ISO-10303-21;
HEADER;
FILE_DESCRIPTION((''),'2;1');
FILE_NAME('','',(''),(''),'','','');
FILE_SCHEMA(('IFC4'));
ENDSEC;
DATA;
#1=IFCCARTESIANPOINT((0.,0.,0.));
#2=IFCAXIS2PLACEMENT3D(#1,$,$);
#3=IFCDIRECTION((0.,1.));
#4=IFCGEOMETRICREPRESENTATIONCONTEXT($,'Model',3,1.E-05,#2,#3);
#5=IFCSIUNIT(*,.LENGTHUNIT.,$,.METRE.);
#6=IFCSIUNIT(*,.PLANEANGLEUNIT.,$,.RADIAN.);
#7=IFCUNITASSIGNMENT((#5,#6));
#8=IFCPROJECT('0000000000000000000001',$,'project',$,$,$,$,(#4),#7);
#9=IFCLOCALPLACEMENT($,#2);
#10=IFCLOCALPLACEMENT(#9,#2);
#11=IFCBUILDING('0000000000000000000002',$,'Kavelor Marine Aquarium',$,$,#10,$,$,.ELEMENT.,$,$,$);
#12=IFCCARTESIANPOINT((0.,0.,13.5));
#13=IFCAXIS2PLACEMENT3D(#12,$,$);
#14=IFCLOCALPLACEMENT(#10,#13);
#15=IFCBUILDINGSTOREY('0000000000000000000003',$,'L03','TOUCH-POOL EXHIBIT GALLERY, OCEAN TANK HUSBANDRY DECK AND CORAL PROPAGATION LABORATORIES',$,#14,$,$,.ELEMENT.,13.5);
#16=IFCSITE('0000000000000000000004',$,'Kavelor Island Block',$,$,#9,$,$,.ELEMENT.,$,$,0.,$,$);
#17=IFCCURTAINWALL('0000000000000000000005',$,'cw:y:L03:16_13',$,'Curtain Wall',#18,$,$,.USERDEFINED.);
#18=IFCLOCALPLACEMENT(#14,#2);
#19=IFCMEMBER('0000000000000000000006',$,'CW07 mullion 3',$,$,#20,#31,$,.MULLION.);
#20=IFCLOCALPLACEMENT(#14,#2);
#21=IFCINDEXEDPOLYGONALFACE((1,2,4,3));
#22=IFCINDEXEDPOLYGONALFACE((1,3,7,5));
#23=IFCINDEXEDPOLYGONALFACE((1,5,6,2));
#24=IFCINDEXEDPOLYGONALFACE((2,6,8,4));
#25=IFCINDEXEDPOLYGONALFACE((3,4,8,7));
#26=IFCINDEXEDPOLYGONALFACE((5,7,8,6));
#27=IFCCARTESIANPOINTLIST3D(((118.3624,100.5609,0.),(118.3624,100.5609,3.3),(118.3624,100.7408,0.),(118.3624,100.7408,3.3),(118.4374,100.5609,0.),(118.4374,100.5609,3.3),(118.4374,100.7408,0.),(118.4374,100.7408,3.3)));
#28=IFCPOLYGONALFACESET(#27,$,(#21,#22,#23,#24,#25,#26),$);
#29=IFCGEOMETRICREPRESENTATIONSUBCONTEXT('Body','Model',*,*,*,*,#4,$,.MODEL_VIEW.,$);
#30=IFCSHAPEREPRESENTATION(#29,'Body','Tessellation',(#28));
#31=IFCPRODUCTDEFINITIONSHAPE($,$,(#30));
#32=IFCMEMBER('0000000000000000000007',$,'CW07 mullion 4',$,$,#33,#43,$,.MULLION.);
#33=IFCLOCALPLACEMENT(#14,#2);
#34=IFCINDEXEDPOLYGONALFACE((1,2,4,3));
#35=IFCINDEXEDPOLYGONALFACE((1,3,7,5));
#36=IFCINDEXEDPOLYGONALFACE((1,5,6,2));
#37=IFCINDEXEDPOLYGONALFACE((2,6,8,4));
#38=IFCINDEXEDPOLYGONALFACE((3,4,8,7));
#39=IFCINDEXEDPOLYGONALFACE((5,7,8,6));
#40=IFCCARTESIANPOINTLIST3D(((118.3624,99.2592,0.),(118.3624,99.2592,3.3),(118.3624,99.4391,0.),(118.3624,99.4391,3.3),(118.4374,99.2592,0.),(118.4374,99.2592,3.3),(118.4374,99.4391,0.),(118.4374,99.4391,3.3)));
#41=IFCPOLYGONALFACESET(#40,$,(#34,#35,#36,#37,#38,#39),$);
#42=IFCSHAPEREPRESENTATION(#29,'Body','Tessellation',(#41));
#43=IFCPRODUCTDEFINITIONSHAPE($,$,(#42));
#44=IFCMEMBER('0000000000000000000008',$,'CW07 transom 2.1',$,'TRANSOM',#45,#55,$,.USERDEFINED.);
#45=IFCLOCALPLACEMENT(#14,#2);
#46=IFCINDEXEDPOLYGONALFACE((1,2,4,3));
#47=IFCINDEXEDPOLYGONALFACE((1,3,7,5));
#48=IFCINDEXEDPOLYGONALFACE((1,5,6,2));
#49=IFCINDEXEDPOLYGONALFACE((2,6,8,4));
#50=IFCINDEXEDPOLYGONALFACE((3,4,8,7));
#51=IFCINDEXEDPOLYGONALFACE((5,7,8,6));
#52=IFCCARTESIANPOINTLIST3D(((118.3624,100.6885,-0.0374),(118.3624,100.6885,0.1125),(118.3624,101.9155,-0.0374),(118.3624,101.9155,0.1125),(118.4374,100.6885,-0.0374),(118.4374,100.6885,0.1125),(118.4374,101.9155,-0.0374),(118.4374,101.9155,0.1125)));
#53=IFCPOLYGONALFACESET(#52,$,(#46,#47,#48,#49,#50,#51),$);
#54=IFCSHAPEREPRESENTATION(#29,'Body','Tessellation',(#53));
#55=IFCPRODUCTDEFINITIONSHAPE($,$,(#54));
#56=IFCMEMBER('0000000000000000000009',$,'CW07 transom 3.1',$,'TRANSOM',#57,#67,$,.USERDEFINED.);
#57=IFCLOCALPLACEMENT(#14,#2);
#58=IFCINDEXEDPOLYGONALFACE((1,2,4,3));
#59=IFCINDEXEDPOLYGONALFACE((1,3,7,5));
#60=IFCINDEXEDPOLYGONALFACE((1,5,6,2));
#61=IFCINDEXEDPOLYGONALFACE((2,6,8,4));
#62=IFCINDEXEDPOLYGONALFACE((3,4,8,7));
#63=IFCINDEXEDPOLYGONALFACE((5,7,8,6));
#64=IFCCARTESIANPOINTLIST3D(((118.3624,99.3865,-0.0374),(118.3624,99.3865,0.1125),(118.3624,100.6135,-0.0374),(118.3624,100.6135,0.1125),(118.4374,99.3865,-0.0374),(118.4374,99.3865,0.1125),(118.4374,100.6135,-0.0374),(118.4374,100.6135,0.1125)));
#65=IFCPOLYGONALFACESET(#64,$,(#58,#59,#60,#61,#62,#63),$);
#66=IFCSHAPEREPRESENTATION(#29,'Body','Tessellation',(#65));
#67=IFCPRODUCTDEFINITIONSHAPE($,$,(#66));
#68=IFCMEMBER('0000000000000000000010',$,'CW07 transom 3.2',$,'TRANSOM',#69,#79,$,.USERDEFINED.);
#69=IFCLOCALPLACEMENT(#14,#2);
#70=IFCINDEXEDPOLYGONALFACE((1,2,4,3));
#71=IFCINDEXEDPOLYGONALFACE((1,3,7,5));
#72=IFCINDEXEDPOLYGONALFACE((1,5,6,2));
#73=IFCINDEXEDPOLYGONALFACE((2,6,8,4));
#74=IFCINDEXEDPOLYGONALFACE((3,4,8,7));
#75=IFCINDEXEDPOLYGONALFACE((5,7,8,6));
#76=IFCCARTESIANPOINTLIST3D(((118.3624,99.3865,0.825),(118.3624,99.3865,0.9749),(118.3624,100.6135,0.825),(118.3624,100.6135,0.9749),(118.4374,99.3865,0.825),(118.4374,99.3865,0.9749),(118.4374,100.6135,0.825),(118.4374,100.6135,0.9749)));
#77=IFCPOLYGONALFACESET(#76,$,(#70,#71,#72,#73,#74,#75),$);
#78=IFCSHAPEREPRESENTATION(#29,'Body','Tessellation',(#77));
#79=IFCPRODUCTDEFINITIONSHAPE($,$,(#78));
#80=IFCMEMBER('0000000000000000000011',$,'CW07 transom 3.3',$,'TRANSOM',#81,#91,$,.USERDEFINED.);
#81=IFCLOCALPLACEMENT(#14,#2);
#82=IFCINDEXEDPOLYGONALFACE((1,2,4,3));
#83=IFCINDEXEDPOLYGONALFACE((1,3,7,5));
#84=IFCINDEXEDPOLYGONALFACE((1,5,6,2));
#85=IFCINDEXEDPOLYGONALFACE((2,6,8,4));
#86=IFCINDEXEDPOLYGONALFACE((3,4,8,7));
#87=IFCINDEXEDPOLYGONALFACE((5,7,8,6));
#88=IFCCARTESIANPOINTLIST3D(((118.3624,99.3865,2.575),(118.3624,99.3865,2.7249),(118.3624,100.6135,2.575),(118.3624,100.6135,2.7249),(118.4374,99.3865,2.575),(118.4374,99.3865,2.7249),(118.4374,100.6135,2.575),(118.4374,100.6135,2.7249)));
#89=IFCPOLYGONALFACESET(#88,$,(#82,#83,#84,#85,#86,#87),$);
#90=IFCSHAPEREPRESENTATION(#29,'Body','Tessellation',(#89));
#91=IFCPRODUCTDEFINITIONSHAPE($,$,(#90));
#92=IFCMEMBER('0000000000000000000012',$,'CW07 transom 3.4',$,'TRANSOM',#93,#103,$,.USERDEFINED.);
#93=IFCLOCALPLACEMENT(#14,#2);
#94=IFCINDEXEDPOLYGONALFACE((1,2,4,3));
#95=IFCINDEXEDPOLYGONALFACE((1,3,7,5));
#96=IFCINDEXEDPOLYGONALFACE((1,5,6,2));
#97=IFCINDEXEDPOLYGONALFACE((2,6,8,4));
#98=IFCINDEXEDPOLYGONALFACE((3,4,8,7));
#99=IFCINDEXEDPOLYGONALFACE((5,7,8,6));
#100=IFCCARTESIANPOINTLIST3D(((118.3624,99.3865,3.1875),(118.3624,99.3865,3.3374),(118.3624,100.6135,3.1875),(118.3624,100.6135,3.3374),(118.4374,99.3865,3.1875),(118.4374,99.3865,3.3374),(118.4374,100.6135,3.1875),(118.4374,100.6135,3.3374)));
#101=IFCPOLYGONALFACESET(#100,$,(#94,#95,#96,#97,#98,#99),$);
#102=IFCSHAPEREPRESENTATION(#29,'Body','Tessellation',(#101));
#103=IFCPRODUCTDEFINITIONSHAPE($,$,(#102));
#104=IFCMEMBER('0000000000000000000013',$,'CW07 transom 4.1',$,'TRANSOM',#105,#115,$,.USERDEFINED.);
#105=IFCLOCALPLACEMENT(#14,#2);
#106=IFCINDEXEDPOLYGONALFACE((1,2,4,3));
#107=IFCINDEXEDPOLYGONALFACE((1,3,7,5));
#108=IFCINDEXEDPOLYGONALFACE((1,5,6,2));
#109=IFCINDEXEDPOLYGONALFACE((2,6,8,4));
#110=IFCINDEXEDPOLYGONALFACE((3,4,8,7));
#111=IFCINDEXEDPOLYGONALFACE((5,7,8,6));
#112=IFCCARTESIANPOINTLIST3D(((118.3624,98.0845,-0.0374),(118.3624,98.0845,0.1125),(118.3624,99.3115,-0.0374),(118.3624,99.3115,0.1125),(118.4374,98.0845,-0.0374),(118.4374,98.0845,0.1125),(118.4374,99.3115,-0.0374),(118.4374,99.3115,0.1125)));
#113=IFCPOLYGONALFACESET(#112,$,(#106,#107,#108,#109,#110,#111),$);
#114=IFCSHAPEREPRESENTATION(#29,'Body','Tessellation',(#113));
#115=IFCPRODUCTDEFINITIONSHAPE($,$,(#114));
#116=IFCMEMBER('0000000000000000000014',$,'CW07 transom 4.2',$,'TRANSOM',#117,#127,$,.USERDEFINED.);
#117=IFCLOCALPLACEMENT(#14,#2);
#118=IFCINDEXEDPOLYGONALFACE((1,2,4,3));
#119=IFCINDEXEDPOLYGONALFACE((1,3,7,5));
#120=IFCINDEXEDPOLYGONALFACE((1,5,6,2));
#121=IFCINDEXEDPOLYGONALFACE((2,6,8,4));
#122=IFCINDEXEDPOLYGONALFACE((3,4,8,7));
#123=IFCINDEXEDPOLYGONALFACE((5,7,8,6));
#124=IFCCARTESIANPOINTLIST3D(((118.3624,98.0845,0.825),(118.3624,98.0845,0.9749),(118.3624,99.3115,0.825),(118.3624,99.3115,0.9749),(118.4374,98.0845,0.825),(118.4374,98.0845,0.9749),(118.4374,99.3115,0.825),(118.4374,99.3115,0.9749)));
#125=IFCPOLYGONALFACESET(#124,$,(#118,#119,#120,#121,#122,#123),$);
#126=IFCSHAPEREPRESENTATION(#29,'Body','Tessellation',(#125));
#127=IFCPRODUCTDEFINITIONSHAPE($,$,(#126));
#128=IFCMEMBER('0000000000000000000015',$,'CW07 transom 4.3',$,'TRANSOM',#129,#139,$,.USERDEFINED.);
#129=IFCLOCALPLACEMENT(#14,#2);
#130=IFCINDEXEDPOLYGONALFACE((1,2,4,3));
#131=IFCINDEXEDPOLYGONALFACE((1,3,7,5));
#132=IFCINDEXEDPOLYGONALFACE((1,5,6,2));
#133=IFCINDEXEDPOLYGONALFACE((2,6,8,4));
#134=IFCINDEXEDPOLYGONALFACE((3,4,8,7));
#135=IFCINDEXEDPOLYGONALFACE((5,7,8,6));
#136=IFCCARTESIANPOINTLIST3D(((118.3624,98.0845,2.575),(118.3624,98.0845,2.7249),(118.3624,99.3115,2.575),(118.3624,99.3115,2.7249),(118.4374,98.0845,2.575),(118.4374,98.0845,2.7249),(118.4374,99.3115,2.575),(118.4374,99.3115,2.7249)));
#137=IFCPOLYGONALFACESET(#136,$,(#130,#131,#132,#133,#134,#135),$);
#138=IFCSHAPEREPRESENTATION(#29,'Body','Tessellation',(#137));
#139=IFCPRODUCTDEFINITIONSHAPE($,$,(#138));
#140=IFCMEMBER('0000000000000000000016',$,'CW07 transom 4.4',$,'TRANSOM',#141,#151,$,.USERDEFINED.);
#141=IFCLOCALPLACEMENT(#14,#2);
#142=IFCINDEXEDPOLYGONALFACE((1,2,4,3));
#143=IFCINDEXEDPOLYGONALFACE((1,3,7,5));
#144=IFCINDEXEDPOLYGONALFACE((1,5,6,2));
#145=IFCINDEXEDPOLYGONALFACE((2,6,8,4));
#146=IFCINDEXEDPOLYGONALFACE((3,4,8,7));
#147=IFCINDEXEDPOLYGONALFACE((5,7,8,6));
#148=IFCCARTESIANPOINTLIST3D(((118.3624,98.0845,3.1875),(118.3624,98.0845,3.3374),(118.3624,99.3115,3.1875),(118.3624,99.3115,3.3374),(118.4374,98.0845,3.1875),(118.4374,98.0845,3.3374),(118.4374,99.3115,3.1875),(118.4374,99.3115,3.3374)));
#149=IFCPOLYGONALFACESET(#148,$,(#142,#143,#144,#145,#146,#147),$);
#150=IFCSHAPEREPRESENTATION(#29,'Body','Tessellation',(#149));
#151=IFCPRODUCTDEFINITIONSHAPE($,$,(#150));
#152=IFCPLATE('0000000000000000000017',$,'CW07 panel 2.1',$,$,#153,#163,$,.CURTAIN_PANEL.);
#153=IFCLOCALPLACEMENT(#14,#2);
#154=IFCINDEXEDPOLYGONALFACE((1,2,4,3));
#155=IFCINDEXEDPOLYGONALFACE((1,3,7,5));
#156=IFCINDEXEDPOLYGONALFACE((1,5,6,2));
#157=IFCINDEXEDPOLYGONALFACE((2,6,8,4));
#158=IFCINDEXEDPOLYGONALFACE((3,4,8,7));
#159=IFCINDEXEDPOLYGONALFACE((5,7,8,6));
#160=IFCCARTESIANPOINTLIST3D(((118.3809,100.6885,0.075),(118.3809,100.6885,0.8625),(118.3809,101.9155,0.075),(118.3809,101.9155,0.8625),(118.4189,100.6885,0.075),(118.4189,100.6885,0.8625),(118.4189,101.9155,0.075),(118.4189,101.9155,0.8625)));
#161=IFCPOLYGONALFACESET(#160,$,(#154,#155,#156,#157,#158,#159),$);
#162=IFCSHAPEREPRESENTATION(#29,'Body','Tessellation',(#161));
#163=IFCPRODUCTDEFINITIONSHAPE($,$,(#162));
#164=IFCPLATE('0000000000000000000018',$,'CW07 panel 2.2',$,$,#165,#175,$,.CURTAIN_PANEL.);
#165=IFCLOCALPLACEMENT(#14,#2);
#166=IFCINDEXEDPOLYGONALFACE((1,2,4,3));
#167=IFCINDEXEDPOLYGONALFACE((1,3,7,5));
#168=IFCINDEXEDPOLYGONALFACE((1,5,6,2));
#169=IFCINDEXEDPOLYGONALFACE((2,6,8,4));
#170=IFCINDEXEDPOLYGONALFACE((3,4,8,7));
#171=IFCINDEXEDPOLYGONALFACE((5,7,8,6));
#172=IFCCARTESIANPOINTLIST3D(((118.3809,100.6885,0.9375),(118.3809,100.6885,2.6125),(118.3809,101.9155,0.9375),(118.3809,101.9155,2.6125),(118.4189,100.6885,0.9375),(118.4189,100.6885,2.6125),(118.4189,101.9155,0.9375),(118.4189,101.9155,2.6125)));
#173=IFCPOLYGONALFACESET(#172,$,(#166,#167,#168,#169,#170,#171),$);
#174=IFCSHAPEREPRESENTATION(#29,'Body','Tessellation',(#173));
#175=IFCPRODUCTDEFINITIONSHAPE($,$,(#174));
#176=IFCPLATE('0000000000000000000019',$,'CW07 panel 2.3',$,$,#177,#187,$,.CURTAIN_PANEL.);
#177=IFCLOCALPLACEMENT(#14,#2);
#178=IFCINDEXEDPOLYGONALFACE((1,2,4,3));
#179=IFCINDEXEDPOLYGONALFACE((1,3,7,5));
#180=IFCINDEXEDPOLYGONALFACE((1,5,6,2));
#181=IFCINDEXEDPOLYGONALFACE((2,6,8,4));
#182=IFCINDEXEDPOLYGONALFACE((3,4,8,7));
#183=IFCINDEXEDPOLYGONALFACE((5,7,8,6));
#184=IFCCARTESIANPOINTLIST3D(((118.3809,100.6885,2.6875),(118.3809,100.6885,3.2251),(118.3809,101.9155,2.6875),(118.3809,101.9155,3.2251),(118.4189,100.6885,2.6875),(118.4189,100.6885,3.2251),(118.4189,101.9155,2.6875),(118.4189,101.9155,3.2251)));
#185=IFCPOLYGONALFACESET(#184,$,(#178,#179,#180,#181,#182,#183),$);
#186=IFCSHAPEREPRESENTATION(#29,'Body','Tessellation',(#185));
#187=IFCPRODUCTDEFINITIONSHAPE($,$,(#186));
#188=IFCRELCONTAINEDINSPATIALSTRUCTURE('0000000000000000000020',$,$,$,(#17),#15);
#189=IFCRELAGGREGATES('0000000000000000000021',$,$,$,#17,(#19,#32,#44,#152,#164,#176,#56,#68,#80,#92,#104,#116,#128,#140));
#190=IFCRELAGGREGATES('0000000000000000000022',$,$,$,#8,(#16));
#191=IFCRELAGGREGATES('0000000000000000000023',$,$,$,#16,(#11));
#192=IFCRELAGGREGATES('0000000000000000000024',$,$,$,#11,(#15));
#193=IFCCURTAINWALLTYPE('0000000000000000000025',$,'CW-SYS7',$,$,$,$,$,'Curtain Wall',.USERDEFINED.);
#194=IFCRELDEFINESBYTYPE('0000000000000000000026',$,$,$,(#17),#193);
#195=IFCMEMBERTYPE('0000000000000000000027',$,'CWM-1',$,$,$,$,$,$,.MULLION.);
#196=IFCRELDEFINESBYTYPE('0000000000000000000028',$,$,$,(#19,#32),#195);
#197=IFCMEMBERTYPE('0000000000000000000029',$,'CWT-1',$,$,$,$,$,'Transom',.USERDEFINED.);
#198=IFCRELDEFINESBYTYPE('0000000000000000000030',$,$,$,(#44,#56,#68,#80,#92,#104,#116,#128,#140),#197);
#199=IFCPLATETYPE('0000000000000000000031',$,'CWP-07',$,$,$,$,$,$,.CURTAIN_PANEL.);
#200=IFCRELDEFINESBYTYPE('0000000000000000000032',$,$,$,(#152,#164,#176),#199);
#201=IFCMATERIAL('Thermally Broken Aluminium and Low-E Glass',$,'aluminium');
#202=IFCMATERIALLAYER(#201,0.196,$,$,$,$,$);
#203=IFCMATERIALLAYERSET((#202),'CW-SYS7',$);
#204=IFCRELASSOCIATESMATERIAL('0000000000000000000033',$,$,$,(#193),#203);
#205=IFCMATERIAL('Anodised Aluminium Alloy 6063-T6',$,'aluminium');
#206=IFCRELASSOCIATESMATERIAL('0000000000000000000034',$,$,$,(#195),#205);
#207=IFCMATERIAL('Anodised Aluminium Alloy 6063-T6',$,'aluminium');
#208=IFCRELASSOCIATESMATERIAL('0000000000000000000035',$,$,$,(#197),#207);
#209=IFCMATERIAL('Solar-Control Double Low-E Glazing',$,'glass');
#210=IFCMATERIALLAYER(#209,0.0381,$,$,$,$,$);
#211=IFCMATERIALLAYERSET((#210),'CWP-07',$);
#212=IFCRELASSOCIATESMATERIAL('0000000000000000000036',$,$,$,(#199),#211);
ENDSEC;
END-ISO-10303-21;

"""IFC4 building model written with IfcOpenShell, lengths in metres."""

from ifc_helpers import new_model, si_unit, direction, frame, origin, origin_2d, place, context, subcontext, project, spatial, rectangle, extrude, material, layer, layer_set, material_profile, profile_set, type_object, element, aggregate, save


model = new_model("IFC4")

# Units and contexts
model_context = context("Model", 3, precision=1e-05, world=origin(), true_north=direction((0.0, 1.0)))
body_context = subcontext(model_context, "Body", "Model", "MODEL_VIEW")
ifc_project = project(units=[si_unit("LENGTHUNIT", "METRE"), si_unit("PLANEANGLEUNIT", "RADIAN")], contexts=[model_context])

# Site, building, storey
site_placement = place(None, origin())
site = spatial("IfcSite", under=ifc_project, at=site_placement, Name="Kavelor Island Block", CompositionType="ELEMENT", RefElevation=0.0)
building_placement = place(site_placement, origin())
building = spatial("IfcBuilding", under=site, at=building_placement, Name="Kavelor Marine Aquarium", CompositionType="ELEMENT")
storey_placement = place(building_placement, frame((0.0, 0.0, 13.5)))
storey = spatial("IfcBuildingStorey", under=building, at=storey_placement, Name="L03", Description="TOUCH-POOL EXHIBIT GALLERY, OCEAN TANK HUSBANDRY DECK AND CORAL PROPAGATION LABORATORIES", CompositionType="ELEMENT", Elevation=13.5)

# Curtain wall, members, plates
ifc_material_1 = material(Name="Thermally Broken Aluminium and Low-E Glass", Category="aluminium")
ifc_layer_1 = layer(ifc_material_1, 0.196)
ifc_layer_set_1 = layer_set([ifc_layer_1], Name="CW-SYS7")
curtain_wall_type = type_object("IfcCurtainWallType", Name="CW-SYS7", ElementType="Curtain Wall", PredefinedType="USERDEFINED", material=ifc_layer_set_1)
curtain_wall_placement = place(storey_placement, origin())
curtain_wall = element("IfcCurtainWall", 1, at=curtain_wall_placement, inside=storey, type_object=curtain_wall_type, Name="cw:y:L03:16_13", ObjectType="Curtain Wall", PredefinedType="USERDEFINED")
ifc_material_2 = material(Name="Anodised Aluminium Alloy 6063-T6", Category="aluminium")
ifc_material_profile_1 = material_profile(ifc_material_2, rectangle(XDim=0.075, YDim=0.1799, at=origin_2d()), Name="CW-MUL 75x180")
ifc_profile_set_1 = profile_set([ifc_material_profile_1], Name="Anodised Aluminium Alloy 6063-T6")
member_type_1 = type_object("IfcMemberType", Name="CWM-1", PredefinedType="MULLION", material=ifc_profile_set_1)
member_1_placement = place(storey_placement, frame((118.3999, 100.6509, 0.0), z_axis=(0.0, 0.0, 1.0), x_axis=(1.0, 0.0, 0.0)))
member_1 = element("IfcMember", 2, at=member_1_placement, type_object=member_type_1, Name="CW07 mullion 3", PredefinedType="MULLION", context=body_context, shape_type="SweptSolid", body=[
    extrude(rectangle(XDim=0.075, YDim=0.1799, at=origin_2d()), origin(), (0.0, 0.0, 1.0), 3.3),
])
member_2_placement = place(storey_placement, frame((118.3999, 99.3491, 0.0), z_axis=(0.0, 0.0, 1.0), x_axis=(1.0, 0.0, 0.0)))
member_2 = element("IfcMember", 3, at=member_2_placement, type_object=member_type_1, Name="CW07 mullion 4", PredefinedType="MULLION", context=body_context, shape_type="SweptSolid", body=[
    extrude(rectangle(XDim=0.075, YDim=0.1799, at=origin_2d()), origin(), (0.0, 0.0, 1.0), 3.3),
])
ifc_material_3 = material(Name="Anodised Aluminium Alloy 6063-T6", Category="aluminium")
ifc_material_profile_2 = material_profile(ifc_material_3, rectangle(XDim=0.075, YDim=0.1499, at=origin_2d()), Name="CW-TRN 75x150")
ifc_profile_set_2 = profile_set([ifc_material_profile_2], Name="Anodised Aluminium Alloy 6063-T6")
member_type_2 = type_object("IfcMemberType", Name="CWT-1", ElementType="Transom", PredefinedType="USERDEFINED", material=ifc_profile_set_2)
member_3_placement = place(storey_placement, frame((118.3999, 101.9155, 0.0376), z_axis=(0.0, -1.0, 0.0), x_axis=(1.0, 0.0, 0.0)))
member_3 = element("IfcMember", 4, at=member_3_placement, type_object=member_type_2, Name="CW07 transom 2.1", ObjectType="TRANSOM", PredefinedType="USERDEFINED", context=body_context, shape_type="SweptSolid", body=[
    extrude(rectangle(XDim=0.075, YDim=0.1499, at=origin_2d()), origin(), (0.0, 0.0, 1.0), 1.2271),
])
member_4_placement = place(storey_placement, frame((118.3999, 100.6135, 0.0376), z_axis=(0.0, -1.0, 0.0), x_axis=(1.0, 0.0, 0.0)))
member_4 = element("IfcMember", 5, at=member_4_placement, type_object=member_type_2, Name="CW07 transom 3.1", ObjectType="TRANSOM", PredefinedType="USERDEFINED", context=body_context, shape_type="SweptSolid", body=[
    extrude(rectangle(XDim=0.075, YDim=0.1499, at=origin_2d()), origin(), (0.0, 0.0, 1.0), 1.2271),
])
member_5_placement = place(storey_placement, frame((118.3999, 100.6135, 0.8999), z_axis=(0.0, -1.0, 0.0), x_axis=(1.0, 0.0, 0.0)))
member_5 = element("IfcMember", 6, at=member_5_placement, type_object=member_type_2, Name="CW07 transom 3.2", ObjectType="TRANSOM", PredefinedType="USERDEFINED", context=body_context, shape_type="SweptSolid", body=[
    extrude(rectangle(XDim=0.075, YDim=0.1499, at=origin_2d()), origin(), (0.0, 0.0, 1.0), 1.2271),
])
member_6_placement = place(storey_placement, frame((118.3999, 100.6135, 2.6499), z_axis=(0.0, -1.0, 0.0), x_axis=(1.0, 0.0, 0.0)))
member_6 = element("IfcMember", 7, at=member_6_placement, type_object=member_type_2, Name="CW07 transom 3.3", ObjectType="TRANSOM", PredefinedType="USERDEFINED", context=body_context, shape_type="SweptSolid", body=[
    extrude(rectangle(XDim=0.075, YDim=0.1499, at=origin_2d()), origin(), (0.0, 0.0, 1.0), 1.2271),
])
member_7_placement = place(storey_placement, frame((118.3999, 100.6135, 3.2625), z_axis=(0.0, -1.0, 0.0), x_axis=(1.0, 0.0, 0.0)))
member_7 = element("IfcMember", 8, at=member_7_placement, type_object=member_type_2, Name="CW07 transom 3.4", ObjectType="TRANSOM", PredefinedType="USERDEFINED", context=body_context, shape_type="SweptSolid", body=[
    extrude(rectangle(XDim=0.075, YDim=0.1499, at=origin_2d()), origin(), (0.0, 0.0, 1.0), 1.2271),
])
member_8_placement = place(storey_placement, frame((118.3999, 99.3115, 0.0376), z_axis=(0.0, -1.0, 0.0), x_axis=(1.0, 0.0, 0.0)))
member_8 = element("IfcMember", 9, at=member_8_placement, type_object=member_type_2, Name="CW07 transom 4.1", ObjectType="TRANSOM", PredefinedType="USERDEFINED", context=body_context, shape_type="SweptSolid", body=[
    extrude(rectangle(XDim=0.075, YDim=0.1499, at=origin_2d()), origin(), (0.0, 0.0, 1.0), 1.2271),
])
member_9_placement = place(storey_placement, frame((118.3999, 99.3115, 0.8999), z_axis=(0.0, -1.0, 0.0), x_axis=(1.0, 0.0, 0.0)))
member_9 = element("IfcMember", 10, at=member_9_placement, type_object=member_type_2, Name="CW07 transom 4.2", ObjectType="TRANSOM", PredefinedType="USERDEFINED", context=body_context, shape_type="SweptSolid", body=[
    extrude(rectangle(XDim=0.075, YDim=0.1499, at=origin_2d()), origin(), (0.0, 0.0, 1.0), 1.2271),
])
member_10_placement = place(storey_placement, frame((118.3999, 99.3115, 2.6499), z_axis=(0.0, -1.0, 0.0), x_axis=(1.0, 0.0, 0.0)))
member_10 = element("IfcMember", 11, at=member_10_placement, type_object=member_type_2, Name="CW07 transom 4.3", ObjectType="TRANSOM", PredefinedType="USERDEFINED", context=body_context, shape_type="SweptSolid", body=[
    extrude(rectangle(XDim=0.075, YDim=0.1499, at=origin_2d()), origin(), (0.0, 0.0, 1.0), 1.2271),
])
member_11_placement = place(storey_placement, frame((118.3999, 99.3115, 3.2625), z_axis=(0.0, -1.0, 0.0), x_axis=(1.0, 0.0, 0.0)))
member_11 = element("IfcMember", 12, at=member_11_placement, type_object=member_type_2, Name="CW07 transom 4.4", ObjectType="TRANSOM", PredefinedType="USERDEFINED", context=body_context, shape_type="SweptSolid", body=[
    extrude(rectangle(XDim=0.075, YDim=0.1499, at=origin_2d()), origin(), (0.0, 0.0, 1.0), 1.2271),
])
ifc_material_4 = material(Name="Solar-Control Double Low-E Glazing", Category="glass")
ifc_layer_2 = layer(ifc_material_4, 0.0381)
ifc_layer_set_2 = layer_set([ifc_layer_2], Name="CWP-07")
plate_type = type_object("IfcPlateType", Name="CWP-07", PredefinedType="CURTAIN_PANEL", material=ifc_layer_set_2)
plate_1_placement = place(storey_placement, frame((118.3999, 101.302, 0.075), z_axis=(0.0, 0.0, 1.0), x_axis=(0.0, -1.0, 0.0)))
plate_1 = element("IfcPlate", 13, at=plate_1_placement, type_object=plate_type, Name="CW07 panel 2.1", PredefinedType="CURTAIN_PANEL", context=body_context, shape_type="SweptSolid", body=[
    extrude(rectangle(XDim=1.2271, YDim=0.0381, at=origin_2d()), origin(), (0.0, 0.0, 1.0), 0.7876),
])
plate_2_placement = place(storey_placement, frame((118.3999, 101.302, 0.9375), z_axis=(0.0, 0.0, 1.0), x_axis=(0.0, -1.0, 0.0)))
plate_2 = element("IfcPlate", 14, at=plate_2_placement, type_object=plate_type, Name="CW07 panel 2.2", PredefinedType="CURTAIN_PANEL", context=body_context, shape_type="SweptSolid", body=[
    extrude(rectangle(XDim=1.2271, YDim=0.0381, at=origin_2d()), origin(), (0.0, 0.0, 1.0), 1.675),
])
plate_3_placement = place(storey_placement, frame((118.3999, 101.302, 2.6875), z_axis=(0.0, 0.0, 1.0), x_axis=(0.0, -1.0, 0.0)))
plate_3 = element("IfcPlate", 15, at=plate_3_placement, type_object=plate_type, Name="CW07 panel 2.3", PredefinedType="CURTAIN_PANEL", context=body_context, shape_type="SweptSolid", body=[
    extrude(rectangle(XDim=1.2271, YDim=0.0381, at=origin_2d()), origin(), (0.0, 0.0, 1.0), 0.5376),
])
aggregate(curtain_wall, [member_1, member_2, member_3, plate_1, plate_2, plate_3, member_4, member_5, member_6, member_7, member_8, member_9, member_10, member_11])

save(model, "model.ifc")
